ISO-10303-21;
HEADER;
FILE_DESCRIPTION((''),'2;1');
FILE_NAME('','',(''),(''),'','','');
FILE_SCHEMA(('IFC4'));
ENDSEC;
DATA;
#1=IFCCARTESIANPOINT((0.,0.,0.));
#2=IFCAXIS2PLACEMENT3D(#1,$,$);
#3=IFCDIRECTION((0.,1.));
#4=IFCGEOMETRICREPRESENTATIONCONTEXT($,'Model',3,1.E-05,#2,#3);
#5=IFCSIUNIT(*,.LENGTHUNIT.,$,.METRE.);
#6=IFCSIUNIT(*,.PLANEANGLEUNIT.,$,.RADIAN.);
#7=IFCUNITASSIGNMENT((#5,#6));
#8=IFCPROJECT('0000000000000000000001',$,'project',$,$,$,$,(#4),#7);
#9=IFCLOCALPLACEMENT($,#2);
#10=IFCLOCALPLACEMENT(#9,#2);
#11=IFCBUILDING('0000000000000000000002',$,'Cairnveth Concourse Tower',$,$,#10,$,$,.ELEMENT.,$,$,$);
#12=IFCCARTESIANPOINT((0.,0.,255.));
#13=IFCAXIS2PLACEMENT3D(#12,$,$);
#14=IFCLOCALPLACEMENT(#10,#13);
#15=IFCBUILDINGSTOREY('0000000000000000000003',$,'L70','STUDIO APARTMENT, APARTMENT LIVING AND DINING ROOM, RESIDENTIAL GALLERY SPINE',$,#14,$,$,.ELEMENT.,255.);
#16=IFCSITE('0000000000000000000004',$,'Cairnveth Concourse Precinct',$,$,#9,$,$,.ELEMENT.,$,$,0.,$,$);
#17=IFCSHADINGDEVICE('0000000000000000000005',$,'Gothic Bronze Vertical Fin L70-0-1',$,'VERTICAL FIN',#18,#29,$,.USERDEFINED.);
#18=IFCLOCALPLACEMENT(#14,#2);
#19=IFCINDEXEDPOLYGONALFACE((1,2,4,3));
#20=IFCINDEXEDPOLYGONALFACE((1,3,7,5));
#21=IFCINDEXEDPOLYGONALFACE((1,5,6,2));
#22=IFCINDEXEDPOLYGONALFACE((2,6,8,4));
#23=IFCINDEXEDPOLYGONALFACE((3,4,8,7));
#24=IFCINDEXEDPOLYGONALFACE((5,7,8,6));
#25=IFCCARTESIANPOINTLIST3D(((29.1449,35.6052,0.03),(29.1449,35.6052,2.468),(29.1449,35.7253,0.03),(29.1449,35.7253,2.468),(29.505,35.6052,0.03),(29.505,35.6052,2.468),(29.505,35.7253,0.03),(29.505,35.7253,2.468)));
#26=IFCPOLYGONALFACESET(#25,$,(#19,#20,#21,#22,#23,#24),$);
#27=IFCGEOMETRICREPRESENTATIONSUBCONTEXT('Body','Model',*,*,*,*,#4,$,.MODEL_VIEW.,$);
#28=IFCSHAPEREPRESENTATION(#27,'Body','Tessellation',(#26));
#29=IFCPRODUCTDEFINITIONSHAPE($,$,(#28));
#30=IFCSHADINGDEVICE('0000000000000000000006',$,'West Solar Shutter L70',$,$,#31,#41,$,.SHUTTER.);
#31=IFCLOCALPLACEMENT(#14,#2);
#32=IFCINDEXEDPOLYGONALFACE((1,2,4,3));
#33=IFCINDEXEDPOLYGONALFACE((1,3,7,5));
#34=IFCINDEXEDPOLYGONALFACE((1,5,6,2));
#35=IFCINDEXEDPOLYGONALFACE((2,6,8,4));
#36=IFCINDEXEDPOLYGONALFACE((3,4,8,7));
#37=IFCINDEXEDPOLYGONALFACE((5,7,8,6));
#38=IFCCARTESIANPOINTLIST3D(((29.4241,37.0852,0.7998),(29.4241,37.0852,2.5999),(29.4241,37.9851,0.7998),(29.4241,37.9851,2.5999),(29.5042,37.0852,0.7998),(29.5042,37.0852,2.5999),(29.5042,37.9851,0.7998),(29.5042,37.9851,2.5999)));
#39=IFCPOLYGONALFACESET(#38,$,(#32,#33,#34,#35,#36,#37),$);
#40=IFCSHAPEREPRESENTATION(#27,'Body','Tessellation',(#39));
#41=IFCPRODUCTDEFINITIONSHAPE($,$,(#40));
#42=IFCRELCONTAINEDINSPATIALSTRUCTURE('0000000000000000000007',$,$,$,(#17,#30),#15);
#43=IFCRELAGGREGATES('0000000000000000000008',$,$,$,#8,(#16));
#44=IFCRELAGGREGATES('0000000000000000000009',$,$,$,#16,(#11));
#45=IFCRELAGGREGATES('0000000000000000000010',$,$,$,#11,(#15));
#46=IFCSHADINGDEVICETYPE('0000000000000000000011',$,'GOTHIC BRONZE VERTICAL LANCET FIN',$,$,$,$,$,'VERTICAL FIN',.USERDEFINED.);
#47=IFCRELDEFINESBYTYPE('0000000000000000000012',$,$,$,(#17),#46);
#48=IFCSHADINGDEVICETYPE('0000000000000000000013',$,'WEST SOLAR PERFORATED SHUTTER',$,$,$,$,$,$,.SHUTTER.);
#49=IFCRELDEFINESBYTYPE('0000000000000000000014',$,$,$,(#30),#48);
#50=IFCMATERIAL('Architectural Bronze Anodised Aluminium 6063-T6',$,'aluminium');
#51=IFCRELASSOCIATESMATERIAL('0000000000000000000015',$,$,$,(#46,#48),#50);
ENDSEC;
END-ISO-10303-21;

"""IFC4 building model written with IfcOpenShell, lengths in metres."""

from ifc_helpers import new_model, si_unit, direction, frame, origin, origin_2d, place, context, subcontext, project, spatial, rectangle, extrude, material, type_object, element, save


model = new_model("IFC4")

# Units and contexts
model_context = context("Model", 3, precision=1e-05, world=origin(), true_north=direction((0.0, 1.0)))
body_context = subcontext(model_context, "Body", "Model", "MODEL_VIEW")
ifc_project = project(units=[si_unit("LENGTHUNIT", "METRE"), si_unit("PLANEANGLEUNIT", "RADIAN")], contexts=[model_context])

# Site, building, storey
site_placement = place(None, origin())
site = spatial("IfcSite", under=ifc_project, at=site_placement, Name="Cairnveth Concourse Precinct", CompositionType="ELEMENT", RefElevation=0.0)
building_placement = place(site_placement, origin())
building = spatial("IfcBuilding", under=site, at=building_placement, Name="Cairnveth Concourse Tower", CompositionType="ELEMENT")
storey_placement = place(building_placement, frame((0.0, 0.0, 255.0)))
storey = spatial("IfcBuildingStorey", under=building, at=storey_placement, Name="L70", Description="STUDIO APARTMENT, APARTMENT LIVING AND DINING ROOM, RESIDENTIAL GALLERY SPINE", CompositionType="ELEMENT", Elevation=255.0)

# Shading devices
ifc_material_1 = material(Name="Architectural Bronze Anodised Aluminium 6063-T6", Category="aluminium")
shading_device_type_1 = type_object("IfcShadingDeviceType", Name="GOTHIC BRONZE VERTICAL LANCET FIN", ElementType="VERTICAL FIN", PredefinedType="USERDEFINED", material=ifc_material_1)
shading_device_1_placement = place(storey_placement, frame((29.325, 35.6653, 0.03), z_axis=(0.0, 0.0, 1.0), x_axis=(0.0, 1.0, 0.0)))
element("IfcShadingDevice", 1, at=shading_device_1_placement, inside=storey, type_object=shading_device_type_1, Name="Gothic Bronze Vertical Fin L70-0-1", ObjectType="VERTICAL FIN", PredefinedType="USERDEFINED", context=body_context, shape_type="SweptSolid", body=[
    extrude(rectangle(XDim=0.1201, YDim=0.3601, at=origin_2d()), origin(), (0.0, 0.0, 1.0), 2.438),
])
shading_device_type_2 = type_object("IfcShadingDeviceType", Name="WEST SOLAR PERFORATED SHUTTER", PredefinedType="SHUTTER", material=ifc_material_1)
shading_device_2_placement = place(storey_placement, frame((29.4641, 37.5352, 0.7998), z_axis=(0.0, 0.0, 1.0), x_axis=(1.0, 0.0, 0.0)))
element("IfcShadingDevice", 2, at=shading_device_2_placement, inside=storey, type_object=shading_device_type_2, Name="West Solar Shutter L70", PredefinedType="SHUTTER", context=body_context, shape_type="SweptSolid", body=[
    extrude(rectangle(XDim=0.0801, YDim=0.8999, at=origin_2d()), origin(), (0.0, 0.0, 1.0), 1.8),
])

save(model, "model.ifc")
